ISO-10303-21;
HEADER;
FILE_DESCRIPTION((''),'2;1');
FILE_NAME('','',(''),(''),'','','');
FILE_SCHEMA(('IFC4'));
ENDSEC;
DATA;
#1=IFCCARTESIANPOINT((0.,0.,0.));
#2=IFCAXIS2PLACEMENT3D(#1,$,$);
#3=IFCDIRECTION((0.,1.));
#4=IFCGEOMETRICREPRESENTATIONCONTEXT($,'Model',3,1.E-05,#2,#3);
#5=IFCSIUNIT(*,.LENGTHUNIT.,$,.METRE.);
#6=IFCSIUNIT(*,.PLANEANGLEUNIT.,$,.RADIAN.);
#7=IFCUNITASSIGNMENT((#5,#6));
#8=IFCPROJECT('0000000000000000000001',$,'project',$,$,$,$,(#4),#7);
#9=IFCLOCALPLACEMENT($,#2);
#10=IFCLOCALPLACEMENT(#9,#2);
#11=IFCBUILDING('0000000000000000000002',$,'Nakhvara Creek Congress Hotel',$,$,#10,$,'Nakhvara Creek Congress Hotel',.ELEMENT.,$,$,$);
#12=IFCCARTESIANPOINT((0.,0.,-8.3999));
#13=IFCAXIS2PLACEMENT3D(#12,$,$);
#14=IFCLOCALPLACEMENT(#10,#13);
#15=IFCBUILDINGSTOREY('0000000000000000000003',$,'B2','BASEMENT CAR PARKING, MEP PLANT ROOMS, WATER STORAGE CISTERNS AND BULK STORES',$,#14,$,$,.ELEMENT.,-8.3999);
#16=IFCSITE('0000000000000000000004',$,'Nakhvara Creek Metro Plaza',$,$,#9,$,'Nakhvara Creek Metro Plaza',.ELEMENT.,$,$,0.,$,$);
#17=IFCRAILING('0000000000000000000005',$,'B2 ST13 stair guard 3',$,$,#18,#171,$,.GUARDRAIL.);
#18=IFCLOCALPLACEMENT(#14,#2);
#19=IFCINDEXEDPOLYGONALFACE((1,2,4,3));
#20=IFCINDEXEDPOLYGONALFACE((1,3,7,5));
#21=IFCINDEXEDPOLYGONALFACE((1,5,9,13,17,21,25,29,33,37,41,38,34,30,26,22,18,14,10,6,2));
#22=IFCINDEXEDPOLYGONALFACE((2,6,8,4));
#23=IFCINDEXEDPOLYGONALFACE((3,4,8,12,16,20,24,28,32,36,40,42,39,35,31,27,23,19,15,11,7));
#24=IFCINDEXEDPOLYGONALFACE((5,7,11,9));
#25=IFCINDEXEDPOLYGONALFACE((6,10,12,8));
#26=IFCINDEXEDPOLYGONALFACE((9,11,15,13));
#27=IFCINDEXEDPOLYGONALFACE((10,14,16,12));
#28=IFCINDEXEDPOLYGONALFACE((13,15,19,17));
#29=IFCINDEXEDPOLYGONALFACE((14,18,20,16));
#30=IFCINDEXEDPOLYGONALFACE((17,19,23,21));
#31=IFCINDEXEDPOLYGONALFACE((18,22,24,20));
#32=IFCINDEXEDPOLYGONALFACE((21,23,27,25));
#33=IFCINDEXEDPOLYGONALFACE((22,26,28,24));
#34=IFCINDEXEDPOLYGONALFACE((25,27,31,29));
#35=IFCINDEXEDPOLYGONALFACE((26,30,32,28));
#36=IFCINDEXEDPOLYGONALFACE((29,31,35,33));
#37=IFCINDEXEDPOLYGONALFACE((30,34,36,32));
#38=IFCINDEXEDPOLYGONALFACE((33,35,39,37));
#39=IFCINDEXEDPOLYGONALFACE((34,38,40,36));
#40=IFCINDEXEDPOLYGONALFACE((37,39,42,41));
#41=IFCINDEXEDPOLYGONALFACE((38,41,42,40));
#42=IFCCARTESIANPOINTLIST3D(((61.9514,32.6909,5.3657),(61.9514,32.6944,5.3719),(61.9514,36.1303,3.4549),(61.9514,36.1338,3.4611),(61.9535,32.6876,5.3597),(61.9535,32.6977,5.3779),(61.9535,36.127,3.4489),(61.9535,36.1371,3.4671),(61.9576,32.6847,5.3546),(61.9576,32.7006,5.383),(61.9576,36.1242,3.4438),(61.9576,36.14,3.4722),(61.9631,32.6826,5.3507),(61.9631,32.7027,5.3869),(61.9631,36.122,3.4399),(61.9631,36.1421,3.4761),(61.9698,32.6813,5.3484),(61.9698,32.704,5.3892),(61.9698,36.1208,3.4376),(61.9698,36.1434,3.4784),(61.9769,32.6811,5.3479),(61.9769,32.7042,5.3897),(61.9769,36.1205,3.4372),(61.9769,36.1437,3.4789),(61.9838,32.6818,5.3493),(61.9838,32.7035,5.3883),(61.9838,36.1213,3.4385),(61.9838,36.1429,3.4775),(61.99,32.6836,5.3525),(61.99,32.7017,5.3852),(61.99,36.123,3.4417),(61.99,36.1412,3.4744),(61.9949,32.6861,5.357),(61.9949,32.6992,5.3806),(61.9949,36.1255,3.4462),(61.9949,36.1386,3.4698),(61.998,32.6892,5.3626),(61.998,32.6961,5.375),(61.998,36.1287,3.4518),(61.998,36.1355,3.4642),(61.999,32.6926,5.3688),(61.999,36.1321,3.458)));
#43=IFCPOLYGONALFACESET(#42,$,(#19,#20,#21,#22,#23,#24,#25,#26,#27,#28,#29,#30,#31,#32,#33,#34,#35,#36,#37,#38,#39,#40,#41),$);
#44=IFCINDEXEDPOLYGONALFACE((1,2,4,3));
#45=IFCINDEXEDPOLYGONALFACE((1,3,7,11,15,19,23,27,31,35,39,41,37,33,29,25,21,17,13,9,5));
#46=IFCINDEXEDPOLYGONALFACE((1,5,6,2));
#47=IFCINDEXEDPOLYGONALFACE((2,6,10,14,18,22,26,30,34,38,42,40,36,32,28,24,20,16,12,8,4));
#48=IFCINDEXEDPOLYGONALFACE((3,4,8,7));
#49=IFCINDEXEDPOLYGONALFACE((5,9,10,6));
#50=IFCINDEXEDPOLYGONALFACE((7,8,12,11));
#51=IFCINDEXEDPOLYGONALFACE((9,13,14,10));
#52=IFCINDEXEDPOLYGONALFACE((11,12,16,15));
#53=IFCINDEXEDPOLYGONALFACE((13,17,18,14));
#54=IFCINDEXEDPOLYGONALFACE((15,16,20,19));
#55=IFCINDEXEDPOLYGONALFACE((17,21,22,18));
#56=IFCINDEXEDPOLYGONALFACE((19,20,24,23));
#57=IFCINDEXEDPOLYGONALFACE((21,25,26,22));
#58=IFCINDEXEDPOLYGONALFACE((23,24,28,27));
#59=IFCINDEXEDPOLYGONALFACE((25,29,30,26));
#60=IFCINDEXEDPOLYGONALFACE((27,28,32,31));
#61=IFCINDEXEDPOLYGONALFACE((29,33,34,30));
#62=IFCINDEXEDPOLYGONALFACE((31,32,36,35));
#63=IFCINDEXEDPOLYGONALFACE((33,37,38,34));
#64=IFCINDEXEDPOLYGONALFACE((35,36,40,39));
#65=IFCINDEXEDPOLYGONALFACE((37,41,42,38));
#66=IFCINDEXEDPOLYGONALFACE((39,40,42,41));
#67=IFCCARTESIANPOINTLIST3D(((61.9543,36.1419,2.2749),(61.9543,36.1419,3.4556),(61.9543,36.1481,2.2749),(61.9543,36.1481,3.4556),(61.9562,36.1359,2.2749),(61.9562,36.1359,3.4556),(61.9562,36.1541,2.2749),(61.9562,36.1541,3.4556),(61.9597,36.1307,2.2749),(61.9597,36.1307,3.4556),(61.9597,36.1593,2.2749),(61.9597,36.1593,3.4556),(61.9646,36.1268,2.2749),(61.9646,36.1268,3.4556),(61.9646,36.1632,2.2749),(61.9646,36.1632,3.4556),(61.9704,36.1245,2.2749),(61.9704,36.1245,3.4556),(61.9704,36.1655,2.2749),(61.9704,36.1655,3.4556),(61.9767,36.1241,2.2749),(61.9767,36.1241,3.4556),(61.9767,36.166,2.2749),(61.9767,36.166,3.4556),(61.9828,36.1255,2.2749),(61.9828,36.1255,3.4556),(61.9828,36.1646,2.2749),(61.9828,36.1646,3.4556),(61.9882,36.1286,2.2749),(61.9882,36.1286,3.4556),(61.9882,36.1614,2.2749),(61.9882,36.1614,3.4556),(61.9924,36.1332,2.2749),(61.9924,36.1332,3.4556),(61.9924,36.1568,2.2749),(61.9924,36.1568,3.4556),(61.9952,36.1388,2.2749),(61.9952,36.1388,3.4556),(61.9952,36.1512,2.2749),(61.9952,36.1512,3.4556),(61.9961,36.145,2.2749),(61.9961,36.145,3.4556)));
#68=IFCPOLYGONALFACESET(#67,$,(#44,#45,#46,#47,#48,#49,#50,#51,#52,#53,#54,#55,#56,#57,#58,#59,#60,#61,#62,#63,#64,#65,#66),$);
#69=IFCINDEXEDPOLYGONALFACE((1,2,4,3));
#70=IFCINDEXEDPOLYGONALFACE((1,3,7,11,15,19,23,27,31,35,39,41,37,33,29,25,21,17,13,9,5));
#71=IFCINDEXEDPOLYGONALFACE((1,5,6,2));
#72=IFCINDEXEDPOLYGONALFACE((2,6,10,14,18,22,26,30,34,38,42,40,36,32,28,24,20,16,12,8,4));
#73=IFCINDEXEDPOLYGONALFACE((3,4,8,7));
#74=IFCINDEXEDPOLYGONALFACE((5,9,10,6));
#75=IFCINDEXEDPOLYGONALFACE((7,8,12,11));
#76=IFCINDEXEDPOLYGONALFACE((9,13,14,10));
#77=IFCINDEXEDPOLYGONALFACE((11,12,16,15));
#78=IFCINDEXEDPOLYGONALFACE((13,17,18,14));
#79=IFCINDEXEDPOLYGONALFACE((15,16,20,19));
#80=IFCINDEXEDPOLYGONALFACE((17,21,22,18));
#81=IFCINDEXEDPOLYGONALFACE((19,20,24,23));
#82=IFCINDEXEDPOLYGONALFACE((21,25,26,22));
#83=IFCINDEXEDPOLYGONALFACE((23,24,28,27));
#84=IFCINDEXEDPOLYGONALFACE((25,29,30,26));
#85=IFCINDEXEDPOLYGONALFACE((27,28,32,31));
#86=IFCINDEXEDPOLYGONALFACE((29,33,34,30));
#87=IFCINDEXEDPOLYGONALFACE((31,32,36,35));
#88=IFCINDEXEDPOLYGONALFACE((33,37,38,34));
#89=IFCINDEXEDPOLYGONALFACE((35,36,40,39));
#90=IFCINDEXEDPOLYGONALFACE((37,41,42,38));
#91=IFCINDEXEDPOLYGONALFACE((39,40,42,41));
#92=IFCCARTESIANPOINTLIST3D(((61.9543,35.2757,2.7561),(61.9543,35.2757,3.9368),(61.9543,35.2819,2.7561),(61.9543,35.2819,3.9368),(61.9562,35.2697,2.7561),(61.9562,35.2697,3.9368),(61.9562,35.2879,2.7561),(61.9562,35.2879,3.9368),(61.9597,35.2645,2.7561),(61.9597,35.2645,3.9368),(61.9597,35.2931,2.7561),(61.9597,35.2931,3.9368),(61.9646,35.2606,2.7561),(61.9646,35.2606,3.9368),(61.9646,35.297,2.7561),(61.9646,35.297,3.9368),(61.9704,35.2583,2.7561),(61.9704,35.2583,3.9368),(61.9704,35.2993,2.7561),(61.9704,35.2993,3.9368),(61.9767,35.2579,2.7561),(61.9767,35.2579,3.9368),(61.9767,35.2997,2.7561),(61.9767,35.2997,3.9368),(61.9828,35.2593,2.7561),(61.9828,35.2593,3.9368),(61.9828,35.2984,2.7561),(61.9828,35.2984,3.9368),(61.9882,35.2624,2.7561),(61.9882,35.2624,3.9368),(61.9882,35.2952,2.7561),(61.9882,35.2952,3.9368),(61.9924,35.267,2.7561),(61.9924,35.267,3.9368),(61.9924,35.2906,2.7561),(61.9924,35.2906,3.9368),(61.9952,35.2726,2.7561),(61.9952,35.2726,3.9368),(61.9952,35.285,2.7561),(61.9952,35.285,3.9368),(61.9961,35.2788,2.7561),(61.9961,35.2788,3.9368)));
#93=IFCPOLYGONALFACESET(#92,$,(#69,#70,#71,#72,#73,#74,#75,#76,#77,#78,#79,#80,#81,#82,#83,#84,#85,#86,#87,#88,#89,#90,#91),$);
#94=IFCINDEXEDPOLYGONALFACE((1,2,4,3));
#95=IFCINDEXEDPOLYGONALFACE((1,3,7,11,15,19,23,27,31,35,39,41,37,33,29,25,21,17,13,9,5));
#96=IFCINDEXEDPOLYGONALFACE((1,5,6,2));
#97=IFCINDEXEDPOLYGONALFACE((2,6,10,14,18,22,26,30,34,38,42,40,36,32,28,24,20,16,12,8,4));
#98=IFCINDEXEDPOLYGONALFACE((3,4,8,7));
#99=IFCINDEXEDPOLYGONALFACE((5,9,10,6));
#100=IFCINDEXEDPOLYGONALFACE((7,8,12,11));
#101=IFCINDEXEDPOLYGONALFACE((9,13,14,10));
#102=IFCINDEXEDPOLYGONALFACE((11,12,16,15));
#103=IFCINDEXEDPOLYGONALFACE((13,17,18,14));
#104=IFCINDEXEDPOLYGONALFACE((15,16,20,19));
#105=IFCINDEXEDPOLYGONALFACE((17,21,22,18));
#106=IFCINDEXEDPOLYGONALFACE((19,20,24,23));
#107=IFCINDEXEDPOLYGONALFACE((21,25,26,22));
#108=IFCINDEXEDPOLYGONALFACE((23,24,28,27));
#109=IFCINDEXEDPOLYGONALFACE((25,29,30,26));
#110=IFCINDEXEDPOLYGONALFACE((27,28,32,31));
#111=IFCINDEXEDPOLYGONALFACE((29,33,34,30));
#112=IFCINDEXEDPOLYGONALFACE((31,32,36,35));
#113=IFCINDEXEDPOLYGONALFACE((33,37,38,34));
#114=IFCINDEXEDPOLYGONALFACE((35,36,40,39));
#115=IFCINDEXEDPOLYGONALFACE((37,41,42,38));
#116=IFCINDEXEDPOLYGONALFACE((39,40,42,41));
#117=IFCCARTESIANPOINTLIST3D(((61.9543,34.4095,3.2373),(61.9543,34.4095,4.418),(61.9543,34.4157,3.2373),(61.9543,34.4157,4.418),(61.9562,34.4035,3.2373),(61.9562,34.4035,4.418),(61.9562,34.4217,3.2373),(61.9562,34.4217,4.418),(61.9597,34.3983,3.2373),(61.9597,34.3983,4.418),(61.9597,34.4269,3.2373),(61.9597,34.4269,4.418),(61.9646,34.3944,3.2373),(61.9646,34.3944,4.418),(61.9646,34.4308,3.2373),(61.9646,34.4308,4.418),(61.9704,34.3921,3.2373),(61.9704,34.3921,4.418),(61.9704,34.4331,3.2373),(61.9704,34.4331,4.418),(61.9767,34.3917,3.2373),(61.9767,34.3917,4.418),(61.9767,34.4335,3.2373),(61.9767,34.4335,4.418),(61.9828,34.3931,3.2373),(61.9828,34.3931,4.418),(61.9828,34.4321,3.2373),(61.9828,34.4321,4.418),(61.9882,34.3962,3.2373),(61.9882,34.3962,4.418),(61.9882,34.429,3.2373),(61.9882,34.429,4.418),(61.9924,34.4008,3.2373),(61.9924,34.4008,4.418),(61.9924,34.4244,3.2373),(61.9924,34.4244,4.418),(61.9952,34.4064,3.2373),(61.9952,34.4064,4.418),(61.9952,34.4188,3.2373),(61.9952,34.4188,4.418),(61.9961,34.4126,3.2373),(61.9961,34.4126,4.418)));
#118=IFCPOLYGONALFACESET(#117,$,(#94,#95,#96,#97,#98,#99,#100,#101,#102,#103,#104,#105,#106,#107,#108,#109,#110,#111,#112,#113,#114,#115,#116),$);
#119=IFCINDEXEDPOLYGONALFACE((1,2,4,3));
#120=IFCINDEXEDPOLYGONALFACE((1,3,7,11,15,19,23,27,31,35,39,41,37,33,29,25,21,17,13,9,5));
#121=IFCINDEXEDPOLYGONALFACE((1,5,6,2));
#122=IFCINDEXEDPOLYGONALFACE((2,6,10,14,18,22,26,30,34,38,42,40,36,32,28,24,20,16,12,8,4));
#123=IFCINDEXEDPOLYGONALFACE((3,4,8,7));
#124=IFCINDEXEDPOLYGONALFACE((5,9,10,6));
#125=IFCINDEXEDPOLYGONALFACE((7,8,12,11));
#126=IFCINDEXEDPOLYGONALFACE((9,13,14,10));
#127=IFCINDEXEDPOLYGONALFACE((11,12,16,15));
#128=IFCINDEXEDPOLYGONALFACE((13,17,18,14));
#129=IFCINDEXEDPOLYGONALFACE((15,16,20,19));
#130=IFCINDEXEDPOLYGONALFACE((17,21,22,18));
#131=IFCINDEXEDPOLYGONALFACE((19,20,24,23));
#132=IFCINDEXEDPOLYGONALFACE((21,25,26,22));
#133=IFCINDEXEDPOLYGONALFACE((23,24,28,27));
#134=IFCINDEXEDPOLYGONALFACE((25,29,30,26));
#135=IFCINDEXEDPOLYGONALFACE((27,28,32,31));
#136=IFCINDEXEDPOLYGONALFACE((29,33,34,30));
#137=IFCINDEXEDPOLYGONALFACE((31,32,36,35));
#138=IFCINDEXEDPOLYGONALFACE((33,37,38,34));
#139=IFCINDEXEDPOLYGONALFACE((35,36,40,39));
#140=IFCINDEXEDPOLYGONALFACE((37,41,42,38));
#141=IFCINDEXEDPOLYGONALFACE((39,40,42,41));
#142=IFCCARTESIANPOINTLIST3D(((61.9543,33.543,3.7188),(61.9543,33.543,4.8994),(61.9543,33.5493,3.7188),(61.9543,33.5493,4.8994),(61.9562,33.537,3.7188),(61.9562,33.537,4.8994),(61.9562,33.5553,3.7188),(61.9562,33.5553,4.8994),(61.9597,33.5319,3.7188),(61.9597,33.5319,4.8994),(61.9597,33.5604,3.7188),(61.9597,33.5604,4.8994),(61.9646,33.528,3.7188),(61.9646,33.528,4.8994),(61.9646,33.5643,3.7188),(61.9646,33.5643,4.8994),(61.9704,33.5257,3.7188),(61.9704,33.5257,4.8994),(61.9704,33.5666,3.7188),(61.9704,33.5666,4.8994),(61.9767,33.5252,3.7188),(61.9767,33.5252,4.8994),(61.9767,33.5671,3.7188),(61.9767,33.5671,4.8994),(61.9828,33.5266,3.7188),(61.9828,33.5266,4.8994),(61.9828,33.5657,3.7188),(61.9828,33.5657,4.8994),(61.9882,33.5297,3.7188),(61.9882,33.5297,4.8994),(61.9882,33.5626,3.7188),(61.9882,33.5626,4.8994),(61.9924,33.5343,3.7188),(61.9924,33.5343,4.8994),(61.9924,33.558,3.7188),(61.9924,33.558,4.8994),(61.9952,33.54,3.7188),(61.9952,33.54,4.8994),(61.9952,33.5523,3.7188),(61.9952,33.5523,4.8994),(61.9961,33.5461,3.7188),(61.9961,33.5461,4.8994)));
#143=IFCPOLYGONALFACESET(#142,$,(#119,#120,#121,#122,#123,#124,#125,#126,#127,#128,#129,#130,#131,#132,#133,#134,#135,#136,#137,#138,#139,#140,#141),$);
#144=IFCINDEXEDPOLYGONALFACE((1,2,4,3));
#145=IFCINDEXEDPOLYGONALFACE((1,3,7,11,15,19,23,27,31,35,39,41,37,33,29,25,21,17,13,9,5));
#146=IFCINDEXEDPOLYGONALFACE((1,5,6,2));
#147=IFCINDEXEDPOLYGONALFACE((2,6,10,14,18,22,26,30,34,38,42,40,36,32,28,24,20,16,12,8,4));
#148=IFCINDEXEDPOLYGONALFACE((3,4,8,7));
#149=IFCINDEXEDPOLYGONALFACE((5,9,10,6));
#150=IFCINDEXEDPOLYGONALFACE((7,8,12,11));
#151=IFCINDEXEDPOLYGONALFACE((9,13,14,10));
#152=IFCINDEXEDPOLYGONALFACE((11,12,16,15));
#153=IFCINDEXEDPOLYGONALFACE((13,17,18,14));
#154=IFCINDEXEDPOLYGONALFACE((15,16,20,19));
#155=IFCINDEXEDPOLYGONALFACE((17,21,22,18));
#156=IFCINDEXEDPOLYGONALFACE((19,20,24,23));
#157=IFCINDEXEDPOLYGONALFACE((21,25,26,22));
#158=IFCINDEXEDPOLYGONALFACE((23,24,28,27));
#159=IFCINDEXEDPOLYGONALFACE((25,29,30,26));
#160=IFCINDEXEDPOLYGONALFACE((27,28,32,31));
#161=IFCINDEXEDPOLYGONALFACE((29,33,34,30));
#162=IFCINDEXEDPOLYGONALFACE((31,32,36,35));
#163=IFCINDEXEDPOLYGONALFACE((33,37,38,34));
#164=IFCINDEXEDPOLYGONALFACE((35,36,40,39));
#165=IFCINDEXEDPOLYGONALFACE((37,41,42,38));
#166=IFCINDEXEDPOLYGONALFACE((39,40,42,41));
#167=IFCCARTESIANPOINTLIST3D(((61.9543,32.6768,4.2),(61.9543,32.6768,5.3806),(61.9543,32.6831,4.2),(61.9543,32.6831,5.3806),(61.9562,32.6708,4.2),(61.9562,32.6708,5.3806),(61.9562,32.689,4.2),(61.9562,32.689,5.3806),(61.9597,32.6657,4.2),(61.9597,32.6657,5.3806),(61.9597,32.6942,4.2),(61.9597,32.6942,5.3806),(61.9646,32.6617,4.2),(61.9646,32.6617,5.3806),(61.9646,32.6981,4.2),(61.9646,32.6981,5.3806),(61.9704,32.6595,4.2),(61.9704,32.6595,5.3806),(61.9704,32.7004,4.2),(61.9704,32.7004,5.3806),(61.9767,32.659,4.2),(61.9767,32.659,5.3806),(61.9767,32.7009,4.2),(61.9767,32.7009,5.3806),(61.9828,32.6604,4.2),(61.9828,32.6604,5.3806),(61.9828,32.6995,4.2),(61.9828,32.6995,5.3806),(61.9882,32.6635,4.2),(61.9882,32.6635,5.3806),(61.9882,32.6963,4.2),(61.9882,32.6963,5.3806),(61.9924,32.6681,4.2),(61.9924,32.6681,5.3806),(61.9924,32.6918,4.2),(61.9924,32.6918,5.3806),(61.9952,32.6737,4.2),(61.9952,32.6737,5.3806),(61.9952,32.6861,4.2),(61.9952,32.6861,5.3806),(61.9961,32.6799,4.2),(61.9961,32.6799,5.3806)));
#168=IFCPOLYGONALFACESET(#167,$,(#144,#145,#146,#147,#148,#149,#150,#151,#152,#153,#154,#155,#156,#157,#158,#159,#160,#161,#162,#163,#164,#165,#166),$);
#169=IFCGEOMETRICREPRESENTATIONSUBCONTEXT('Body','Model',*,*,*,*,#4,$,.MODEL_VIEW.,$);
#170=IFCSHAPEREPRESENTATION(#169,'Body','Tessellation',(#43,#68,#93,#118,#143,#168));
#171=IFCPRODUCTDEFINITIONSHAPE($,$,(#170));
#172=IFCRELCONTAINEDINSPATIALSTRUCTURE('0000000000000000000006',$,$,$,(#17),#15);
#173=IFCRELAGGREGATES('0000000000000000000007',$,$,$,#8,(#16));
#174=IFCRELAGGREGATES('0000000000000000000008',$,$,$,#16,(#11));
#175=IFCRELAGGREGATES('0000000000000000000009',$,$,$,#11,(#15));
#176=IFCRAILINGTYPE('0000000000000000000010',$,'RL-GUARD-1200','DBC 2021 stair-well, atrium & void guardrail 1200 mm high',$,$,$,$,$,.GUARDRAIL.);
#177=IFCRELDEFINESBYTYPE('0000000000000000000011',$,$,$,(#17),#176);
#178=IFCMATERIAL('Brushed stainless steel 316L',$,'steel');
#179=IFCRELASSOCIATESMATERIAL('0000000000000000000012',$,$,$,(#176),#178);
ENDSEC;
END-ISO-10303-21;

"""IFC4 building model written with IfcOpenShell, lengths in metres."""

from ifc_helpers import new_model, si_unit, direction, frame, origin, origin_2d, place, context, subcontext, project, spatial, circle, extrude, material, type_object, element, save


model = new_model("IFC4")

# Units and contexts
model_context = context("Model", 3, precision=1e-05, world=origin(), true_north=direction((0.0, 1.0)))
body_context = subcontext(model_context, "Body", "Model", "MODEL_VIEW")
ifc_project = project(units=[si_unit("LENGTHUNIT", "METRE"), si_unit("PLANEANGLEUNIT", "RADIAN")], contexts=[model_context])

# Site, building, storey
site_placement = place(None, origin())
site = spatial("IfcSite", under=ifc_project, at=site_placement, Name="Nakhvara Creek Metro Plaza", LongName="Nakhvara Creek Metro Plaza", CompositionType="ELEMENT", RefElevation=0.0)
building_placement = place(site_placement, origin())
building = spatial("IfcBuilding", under=site, at=building_placement, Name="Nakhvara Creek Congress Hotel", LongName="Nakhvara Creek Congress Hotel", CompositionType="ELEMENT")
storey_placement = place(building_placement, frame((0.0, 0.0, -8.3999)))
storey = spatial("IfcBuildingStorey", under=building, at=storey_placement, Name="B2", Description="BASEMENT CAR PARKING, MEP PLANT ROOMS, WATER STORAGE CISTERNS AND BULK STORES", CompositionType="ELEMENT", Elevation=-8.3999)

# Railing
ifc_material_1 = material(Name="Brushed stainless steel 316L", Category="steel")
railing_type_1 = type_object("IfcRailingType", Name="RL-GUARD-1200", Description="DBC 2021 stair-well, atrium & void guardrail 1200 mm high", PredefinedType="GUARDRAIL", material=ifc_material_1)
railing_1_placement = place(storey_placement, frame((61.9751, 36.145, 2.2749)))
element("IfcRailing", 1, at=railing_1_placement, inside=storey, type_object=railing_type_1, Name="B2 ST13 stair guard 3", PredefinedType="GUARDRAIL", context=body_context, shape_type="SweptSolid", body=[
    extrude(circle(Radius=0.0239, at=origin_2d()), frame((0.0, -0.0129, 1.1831), z_axis=(0.0, -0.874157, 0.485643), x_axis=(1.0, 0.0, 0.0)), (0.0, 0.0, 1.0), 3.9346),
    extrude(circle(Radius=0.021, at=origin_2d()), origin(), (0.0, 0.0, 1.0), 1.1807),
    extrude(circle(Radius=0.021, at=origin_2d()), frame((0.0, -0.8662, 0.4812)), (0.0, 0.0, 1.0), 1.1807),
    extrude(circle(Radius=0.021, at=origin_2d()), frame((0.0, -1.7324, 0.9624)), (0.0, 0.0, 1.0), 1.1807),
    extrude(circle(Radius=0.021, at=origin_2d()), frame((0.0, -2.5989, 1.4438)), (0.0, 0.0, 1.0), 1.1807),
    extrude(circle(Radius=0.021, at=origin_2d()), frame((0.0, -3.4651, 1.925)), (0.0, 0.0, 1.0), 1.1807),
])

save(model, "model.ifc")
